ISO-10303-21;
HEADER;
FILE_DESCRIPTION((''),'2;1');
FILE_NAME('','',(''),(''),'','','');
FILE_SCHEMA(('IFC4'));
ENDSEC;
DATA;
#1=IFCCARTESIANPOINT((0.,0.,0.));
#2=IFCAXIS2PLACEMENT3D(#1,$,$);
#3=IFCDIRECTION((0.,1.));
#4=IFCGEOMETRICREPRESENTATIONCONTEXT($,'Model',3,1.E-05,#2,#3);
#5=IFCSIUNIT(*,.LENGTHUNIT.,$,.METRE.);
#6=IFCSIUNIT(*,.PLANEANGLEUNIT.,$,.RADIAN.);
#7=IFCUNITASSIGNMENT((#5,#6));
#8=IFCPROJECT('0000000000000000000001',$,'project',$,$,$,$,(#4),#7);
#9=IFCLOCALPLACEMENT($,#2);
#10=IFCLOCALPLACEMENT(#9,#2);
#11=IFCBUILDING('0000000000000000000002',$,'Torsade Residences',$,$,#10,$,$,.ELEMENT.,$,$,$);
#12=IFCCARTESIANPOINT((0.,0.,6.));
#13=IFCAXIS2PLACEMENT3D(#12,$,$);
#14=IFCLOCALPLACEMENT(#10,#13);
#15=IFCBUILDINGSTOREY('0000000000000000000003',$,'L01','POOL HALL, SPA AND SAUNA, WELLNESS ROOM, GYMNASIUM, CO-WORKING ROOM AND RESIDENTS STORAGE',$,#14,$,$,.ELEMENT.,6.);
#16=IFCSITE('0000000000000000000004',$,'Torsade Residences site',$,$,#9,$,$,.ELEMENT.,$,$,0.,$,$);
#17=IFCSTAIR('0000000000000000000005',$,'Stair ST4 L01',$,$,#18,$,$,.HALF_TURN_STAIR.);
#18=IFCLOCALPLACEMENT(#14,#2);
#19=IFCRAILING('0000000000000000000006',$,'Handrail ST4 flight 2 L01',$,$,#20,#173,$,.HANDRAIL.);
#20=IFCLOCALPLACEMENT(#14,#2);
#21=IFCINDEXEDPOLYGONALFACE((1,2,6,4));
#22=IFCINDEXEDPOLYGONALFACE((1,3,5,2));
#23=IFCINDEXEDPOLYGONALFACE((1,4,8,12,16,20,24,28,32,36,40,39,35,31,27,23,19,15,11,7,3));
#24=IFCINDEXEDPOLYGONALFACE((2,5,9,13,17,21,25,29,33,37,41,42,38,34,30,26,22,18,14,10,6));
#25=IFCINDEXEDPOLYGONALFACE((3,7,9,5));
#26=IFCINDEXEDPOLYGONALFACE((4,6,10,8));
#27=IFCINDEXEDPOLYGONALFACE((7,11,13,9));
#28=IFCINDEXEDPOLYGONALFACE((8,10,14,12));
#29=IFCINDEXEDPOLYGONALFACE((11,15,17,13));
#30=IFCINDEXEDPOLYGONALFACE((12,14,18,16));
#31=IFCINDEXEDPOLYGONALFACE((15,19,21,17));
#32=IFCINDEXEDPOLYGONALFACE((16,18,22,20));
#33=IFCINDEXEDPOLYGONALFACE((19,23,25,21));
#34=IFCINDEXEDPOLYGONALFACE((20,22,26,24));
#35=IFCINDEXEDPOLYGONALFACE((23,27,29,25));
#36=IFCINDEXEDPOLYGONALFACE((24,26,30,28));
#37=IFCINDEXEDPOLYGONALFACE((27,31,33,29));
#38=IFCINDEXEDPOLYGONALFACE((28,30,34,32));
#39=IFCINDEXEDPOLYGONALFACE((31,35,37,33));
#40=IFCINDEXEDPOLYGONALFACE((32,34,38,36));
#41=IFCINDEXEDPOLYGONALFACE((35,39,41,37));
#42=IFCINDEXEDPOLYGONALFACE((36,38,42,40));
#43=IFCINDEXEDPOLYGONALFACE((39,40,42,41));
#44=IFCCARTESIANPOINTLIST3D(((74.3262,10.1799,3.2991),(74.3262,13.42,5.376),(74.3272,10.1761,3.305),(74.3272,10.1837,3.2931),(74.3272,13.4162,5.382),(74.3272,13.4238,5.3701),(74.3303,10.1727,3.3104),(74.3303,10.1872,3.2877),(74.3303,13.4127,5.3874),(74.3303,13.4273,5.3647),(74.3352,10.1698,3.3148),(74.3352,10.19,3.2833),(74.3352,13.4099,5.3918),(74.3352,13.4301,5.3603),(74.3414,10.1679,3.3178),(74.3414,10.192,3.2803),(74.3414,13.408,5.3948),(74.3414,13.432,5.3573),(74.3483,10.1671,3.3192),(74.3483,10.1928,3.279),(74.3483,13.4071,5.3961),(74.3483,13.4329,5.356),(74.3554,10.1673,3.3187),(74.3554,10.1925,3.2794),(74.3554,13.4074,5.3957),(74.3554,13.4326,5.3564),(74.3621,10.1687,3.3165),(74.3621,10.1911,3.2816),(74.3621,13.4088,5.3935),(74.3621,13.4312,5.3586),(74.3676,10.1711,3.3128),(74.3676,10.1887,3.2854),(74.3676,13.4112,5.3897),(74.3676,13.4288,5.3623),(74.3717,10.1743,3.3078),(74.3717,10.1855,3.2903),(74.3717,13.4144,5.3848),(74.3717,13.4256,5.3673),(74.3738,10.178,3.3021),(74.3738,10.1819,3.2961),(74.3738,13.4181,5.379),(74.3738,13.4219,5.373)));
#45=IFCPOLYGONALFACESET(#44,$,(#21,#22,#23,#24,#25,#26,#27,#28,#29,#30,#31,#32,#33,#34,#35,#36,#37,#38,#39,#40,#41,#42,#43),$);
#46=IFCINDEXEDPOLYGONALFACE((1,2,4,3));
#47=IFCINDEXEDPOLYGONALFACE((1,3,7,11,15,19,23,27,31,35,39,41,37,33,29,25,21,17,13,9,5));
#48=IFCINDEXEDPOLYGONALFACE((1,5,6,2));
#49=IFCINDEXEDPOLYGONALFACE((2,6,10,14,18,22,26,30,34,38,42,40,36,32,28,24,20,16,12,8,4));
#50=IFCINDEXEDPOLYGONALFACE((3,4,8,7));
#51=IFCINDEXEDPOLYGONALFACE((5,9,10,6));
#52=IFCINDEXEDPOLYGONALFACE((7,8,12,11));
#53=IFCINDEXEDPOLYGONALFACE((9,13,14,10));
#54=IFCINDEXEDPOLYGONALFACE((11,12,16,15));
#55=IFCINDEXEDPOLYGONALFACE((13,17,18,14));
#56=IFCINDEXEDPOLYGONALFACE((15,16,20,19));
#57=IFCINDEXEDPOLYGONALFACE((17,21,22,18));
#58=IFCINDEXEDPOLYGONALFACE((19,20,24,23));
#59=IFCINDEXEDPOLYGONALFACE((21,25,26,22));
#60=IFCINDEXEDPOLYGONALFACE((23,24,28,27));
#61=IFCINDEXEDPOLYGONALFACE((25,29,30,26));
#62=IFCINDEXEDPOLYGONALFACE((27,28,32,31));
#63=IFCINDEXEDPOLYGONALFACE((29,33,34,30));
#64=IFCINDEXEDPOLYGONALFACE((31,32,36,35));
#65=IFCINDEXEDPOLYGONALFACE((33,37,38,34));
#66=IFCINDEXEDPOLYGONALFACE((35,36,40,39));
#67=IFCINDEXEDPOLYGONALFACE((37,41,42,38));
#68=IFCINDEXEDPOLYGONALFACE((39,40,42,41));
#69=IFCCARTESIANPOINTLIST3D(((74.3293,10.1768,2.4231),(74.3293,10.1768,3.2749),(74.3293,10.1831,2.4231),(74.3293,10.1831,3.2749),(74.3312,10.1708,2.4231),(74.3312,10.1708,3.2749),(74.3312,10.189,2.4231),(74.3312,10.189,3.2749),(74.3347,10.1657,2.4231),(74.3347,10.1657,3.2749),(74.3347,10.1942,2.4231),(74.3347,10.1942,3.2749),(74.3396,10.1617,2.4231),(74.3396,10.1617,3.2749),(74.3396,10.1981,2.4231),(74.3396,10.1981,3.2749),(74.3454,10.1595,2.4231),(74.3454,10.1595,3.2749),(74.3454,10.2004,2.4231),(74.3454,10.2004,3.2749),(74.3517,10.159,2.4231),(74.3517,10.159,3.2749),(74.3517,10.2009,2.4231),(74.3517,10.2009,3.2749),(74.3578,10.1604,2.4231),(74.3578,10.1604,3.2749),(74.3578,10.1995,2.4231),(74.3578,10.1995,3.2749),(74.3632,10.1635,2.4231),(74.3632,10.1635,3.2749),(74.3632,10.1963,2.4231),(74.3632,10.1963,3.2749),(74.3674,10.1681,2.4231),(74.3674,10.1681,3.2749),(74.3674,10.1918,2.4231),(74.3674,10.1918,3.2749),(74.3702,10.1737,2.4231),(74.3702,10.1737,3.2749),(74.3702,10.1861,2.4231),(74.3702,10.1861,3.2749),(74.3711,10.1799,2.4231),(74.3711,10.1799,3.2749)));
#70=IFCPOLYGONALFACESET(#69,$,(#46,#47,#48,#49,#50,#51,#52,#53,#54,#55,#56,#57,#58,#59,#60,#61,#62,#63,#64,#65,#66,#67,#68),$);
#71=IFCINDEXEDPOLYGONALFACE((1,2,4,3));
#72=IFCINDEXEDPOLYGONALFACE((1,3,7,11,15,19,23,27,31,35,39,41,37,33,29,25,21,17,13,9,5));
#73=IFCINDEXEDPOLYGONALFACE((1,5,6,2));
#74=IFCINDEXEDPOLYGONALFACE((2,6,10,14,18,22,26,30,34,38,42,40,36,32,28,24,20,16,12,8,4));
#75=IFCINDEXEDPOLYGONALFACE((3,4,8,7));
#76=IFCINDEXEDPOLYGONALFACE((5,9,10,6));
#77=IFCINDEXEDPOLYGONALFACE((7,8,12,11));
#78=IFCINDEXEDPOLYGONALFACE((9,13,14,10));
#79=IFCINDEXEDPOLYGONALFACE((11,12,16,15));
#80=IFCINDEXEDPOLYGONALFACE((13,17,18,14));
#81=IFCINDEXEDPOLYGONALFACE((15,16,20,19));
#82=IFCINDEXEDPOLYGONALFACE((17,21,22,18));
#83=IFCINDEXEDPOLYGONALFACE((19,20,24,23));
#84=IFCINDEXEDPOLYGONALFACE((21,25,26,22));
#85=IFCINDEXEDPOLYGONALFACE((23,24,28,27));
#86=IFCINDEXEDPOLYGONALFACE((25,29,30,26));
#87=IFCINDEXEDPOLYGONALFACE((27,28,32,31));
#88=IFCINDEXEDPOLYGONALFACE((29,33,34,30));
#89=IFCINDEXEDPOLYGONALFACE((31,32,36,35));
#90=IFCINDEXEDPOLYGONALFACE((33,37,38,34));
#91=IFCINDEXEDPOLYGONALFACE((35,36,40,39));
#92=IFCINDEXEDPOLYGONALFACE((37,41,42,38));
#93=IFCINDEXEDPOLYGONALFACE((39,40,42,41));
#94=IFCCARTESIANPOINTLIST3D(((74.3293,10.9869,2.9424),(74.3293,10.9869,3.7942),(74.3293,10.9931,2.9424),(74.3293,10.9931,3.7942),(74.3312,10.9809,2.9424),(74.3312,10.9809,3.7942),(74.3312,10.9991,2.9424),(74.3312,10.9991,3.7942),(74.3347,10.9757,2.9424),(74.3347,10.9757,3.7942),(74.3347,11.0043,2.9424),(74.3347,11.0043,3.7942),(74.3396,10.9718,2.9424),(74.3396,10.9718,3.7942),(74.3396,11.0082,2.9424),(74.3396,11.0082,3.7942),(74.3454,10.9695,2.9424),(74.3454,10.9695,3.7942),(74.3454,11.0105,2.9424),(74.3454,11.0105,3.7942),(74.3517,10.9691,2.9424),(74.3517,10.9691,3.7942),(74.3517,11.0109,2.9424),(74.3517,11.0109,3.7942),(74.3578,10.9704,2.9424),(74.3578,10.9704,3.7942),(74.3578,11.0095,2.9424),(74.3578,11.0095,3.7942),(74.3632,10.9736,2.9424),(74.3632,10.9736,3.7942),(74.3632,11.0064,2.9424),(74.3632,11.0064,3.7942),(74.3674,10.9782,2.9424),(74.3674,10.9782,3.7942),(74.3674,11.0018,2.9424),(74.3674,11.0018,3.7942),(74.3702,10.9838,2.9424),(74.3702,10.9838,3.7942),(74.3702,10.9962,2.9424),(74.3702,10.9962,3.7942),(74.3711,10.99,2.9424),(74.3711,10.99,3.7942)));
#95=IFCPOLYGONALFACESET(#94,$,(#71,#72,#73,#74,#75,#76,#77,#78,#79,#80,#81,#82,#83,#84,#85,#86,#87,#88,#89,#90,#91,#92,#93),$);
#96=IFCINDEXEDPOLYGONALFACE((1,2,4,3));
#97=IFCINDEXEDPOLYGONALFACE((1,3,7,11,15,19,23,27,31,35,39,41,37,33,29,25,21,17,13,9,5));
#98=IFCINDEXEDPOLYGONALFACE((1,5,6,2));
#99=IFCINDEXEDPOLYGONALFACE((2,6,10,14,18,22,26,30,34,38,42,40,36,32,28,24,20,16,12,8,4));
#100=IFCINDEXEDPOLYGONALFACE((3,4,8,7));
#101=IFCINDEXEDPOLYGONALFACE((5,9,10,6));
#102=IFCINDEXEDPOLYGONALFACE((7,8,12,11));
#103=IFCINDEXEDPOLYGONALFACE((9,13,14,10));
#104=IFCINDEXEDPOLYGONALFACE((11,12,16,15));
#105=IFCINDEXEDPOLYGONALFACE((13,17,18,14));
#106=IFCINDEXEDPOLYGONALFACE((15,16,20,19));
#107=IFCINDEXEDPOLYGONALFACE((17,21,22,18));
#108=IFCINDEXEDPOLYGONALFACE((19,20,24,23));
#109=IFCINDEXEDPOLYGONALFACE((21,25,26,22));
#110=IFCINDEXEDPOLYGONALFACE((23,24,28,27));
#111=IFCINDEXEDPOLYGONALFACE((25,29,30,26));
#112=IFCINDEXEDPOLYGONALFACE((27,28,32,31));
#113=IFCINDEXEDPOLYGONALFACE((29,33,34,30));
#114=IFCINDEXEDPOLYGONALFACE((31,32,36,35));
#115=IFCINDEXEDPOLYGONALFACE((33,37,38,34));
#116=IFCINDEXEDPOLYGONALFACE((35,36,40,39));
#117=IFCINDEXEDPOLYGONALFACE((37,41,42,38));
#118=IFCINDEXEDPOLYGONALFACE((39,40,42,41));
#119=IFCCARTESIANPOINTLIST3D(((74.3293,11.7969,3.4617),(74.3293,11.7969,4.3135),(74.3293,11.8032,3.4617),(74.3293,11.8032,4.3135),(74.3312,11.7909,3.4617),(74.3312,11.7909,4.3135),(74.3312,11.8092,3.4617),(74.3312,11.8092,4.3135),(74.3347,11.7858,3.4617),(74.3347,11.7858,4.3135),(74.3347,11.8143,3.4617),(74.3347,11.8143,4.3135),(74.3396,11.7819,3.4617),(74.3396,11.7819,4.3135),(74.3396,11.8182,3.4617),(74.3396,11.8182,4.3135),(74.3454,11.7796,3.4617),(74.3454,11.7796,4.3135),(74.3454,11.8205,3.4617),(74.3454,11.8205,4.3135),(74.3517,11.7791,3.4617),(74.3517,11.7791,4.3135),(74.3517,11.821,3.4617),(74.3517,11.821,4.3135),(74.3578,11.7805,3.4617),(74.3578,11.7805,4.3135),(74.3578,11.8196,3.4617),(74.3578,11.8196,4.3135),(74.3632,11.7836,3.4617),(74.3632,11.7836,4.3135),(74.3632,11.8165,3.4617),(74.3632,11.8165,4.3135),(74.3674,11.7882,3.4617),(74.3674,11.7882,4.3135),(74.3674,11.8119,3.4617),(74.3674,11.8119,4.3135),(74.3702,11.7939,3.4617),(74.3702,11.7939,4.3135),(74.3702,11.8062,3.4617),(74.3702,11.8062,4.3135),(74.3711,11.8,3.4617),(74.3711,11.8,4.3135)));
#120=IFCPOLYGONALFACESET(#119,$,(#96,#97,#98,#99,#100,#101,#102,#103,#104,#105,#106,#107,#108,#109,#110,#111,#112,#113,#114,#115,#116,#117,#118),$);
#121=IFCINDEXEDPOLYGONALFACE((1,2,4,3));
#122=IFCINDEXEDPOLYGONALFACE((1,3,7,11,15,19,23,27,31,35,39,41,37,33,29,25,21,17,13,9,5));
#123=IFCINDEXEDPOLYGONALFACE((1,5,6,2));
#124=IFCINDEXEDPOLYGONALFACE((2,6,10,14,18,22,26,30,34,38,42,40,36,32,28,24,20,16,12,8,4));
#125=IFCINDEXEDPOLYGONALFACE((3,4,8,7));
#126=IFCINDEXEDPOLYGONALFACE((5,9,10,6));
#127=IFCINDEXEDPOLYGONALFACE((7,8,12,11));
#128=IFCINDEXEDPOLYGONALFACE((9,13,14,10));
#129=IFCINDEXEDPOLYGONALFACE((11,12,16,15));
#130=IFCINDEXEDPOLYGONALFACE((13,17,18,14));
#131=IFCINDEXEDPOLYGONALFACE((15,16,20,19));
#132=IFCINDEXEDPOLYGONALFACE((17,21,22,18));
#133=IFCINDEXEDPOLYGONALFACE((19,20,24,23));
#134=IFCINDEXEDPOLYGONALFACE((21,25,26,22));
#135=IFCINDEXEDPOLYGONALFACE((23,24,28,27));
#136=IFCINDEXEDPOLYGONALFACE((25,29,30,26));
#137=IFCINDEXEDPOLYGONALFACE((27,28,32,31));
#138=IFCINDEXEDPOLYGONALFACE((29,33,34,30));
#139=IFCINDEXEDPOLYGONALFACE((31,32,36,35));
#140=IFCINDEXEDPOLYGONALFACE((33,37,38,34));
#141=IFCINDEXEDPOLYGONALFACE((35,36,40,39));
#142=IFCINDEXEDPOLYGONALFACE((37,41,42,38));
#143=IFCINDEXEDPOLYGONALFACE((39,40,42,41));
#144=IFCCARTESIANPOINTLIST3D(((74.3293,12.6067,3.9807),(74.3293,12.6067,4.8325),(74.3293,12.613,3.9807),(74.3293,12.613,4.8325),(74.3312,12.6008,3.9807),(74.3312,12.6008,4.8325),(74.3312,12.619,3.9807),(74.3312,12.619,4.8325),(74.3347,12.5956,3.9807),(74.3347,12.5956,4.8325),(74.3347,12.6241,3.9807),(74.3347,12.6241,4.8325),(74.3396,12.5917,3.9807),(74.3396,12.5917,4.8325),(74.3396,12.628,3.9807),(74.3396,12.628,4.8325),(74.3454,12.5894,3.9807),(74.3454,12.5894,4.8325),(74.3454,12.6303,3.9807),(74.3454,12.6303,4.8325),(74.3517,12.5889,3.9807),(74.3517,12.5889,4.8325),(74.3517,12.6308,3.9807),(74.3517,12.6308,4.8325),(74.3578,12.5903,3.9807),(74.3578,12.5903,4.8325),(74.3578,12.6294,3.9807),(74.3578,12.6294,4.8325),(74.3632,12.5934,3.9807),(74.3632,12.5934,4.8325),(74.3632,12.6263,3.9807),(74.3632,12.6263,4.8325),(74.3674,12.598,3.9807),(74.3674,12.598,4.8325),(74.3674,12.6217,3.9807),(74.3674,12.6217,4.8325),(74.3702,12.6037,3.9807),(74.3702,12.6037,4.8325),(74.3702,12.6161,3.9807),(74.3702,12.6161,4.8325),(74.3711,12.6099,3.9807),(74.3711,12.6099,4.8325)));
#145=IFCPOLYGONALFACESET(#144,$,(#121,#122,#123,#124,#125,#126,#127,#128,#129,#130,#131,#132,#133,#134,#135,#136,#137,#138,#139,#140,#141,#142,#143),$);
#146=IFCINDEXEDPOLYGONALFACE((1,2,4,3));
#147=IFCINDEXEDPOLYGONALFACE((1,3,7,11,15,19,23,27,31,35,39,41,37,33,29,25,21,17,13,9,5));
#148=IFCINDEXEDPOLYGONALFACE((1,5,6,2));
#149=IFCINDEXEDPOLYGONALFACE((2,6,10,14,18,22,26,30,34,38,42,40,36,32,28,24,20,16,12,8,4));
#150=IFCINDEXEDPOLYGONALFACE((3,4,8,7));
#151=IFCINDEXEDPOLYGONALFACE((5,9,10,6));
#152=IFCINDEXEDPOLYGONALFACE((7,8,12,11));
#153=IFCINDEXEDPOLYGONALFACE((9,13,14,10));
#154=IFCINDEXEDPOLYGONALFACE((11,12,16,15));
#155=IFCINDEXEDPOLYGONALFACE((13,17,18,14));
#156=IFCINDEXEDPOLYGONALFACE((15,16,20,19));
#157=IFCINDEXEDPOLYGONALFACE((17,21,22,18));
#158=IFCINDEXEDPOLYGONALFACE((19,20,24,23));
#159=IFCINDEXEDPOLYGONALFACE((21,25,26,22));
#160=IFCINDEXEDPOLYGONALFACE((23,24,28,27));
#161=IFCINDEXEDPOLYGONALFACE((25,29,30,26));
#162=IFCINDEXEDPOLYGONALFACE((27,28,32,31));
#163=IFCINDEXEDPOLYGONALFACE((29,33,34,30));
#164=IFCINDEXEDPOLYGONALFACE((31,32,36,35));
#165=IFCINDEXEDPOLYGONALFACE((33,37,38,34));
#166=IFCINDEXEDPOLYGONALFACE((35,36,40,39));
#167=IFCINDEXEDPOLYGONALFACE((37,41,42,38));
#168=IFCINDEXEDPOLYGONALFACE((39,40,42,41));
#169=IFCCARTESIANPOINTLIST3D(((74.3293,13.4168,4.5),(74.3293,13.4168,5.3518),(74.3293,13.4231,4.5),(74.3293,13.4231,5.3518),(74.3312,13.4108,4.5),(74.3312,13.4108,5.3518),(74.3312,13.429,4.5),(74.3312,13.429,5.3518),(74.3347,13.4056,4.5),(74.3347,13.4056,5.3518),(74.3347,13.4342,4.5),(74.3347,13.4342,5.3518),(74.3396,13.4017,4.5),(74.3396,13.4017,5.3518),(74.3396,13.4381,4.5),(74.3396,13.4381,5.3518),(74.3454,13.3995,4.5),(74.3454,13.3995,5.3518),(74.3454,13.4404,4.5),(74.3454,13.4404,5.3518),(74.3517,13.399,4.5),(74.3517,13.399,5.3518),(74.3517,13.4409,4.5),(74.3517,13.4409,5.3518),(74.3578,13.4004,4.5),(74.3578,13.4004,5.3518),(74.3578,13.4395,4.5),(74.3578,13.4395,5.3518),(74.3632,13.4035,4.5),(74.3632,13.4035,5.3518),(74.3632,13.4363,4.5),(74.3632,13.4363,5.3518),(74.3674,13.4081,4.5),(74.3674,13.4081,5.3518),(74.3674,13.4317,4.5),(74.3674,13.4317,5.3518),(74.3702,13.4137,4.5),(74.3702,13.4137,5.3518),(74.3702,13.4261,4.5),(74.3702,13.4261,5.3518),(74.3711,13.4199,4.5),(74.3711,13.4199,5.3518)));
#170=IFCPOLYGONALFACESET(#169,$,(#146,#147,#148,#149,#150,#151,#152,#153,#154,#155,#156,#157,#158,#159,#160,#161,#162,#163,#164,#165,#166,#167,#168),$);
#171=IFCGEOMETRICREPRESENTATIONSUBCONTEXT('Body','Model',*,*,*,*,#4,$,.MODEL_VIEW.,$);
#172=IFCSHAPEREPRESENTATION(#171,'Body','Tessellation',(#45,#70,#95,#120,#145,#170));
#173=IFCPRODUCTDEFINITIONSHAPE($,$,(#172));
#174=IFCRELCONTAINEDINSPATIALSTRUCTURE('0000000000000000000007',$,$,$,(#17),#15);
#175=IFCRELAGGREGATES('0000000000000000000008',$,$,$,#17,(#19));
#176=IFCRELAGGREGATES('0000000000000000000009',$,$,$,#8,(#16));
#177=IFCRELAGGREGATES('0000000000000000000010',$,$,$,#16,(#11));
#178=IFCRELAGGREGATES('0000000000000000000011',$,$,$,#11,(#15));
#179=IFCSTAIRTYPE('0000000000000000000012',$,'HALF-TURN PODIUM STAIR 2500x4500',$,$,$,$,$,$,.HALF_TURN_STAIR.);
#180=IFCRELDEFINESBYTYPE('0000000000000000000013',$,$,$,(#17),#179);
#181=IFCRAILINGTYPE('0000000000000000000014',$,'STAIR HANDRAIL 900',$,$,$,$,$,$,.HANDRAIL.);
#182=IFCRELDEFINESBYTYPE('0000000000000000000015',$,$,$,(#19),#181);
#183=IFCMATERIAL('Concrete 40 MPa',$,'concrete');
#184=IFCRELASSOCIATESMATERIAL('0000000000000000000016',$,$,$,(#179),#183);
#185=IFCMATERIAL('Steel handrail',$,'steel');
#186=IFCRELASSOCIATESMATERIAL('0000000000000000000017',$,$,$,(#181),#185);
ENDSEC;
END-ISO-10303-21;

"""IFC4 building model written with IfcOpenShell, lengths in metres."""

from ifc_helpers import new_model, si_unit, direction, frame, origin, origin_2d, place, context, subcontext, project, spatial, circle, extrude, material, type_object, element, aggregate, save


model = new_model("IFC4")

# Units and contexts
model_context = context("Model", 3, precision=1e-05, world=origin(), true_north=direction((0.0, 1.0)))
body_context = subcontext(model_context, "Body", "Model", "MODEL_VIEW")
ifc_project = project(units=[si_unit("LENGTHUNIT", "METRE"), si_unit("PLANEANGLEUNIT", "RADIAN")], contexts=[model_context])

# Site, building, storey
site_placement = place(None, origin())
site = spatial("IfcSite", under=ifc_project, at=site_placement, Name="Torsade Residences site", CompositionType="ELEMENT", RefElevation=0.0)
building_placement = place(site_placement, origin())
building = spatial("IfcBuilding", under=site, at=building_placement, Name="Torsade Residences", CompositionType="ELEMENT")
storey_placement = place(building_placement, frame((0.0, 0.0, 6.0)))
storey = spatial("IfcBuildingStorey", under=building, at=storey_placement, Name="L01", Description="POOL HALL, SPA AND SAUNA, WELLNESS ROOM, GYMNASIUM, CO-WORKING ROOM AND RESIDENTS STORAGE", CompositionType="ELEMENT", Elevation=6.0)

# Stair, railing
ifc_material_1 = material(Name="Concrete 40 MPa", Category="concrete")
stair_type = type_object("IfcStairType", Name="HALF-TURN PODIUM STAIR 2500x4500", PredefinedType="HALF_TURN_STAIR", material=ifc_material_1)
stair_placement = place(storey_placement, origin())
stair = element("IfcStair", 1, at=stair_placement, inside=storey, type_object=stair_type, Name="Stair ST4 L01", PredefinedType="HALF_TURN_STAIR")
ifc_material_2 = material(Name="Steel handrail", Category="steel")
railing_type = type_object("IfcRailingType", Name="STAIR HANDRAIL 900", PredefinedType="HANDRAIL", material=ifc_material_2)
railing_1_placement = place(storey_placement, frame((74.3501, 10.1799, 2.4231)))
railing_1 = element("IfcRailing", 2, at=railing_1_placement, type_object=railing_type, Name="Handrail ST4 flight 2 L01", PredefinedType="HANDRAIL", context=body_context, shape_type="SweptSolid", body=[
    extrude(circle(Radius=0.0239, at=origin_2d()), frame((0.0, 0.0, 0.876), z_axis=(0.0, 0.841881, 0.539664), x_axis=(-1.0, 0.0, 0.0)), (0.0, 0.0, 1.0), 3.8486),
    extrude(circle(Radius=0.021, at=origin_2d()), origin(), (0.0, 0.0, 1.0), 0.8518),
    extrude(circle(Radius=0.021, at=origin_2d()), frame((0.0, 0.8101, 0.5193)), (0.0, 0.0, 1.0), 0.8518),
    extrude(circle(Radius=0.021, at=origin_2d()), frame((0.0, 1.6201, 1.0386)), (0.0, 0.0, 1.0), 0.8518),
    extrude(circle(Radius=0.021, at=origin_2d()), frame((0.0, 2.4299, 1.5576)), (0.0, 0.0, 1.0), 0.8518),
    extrude(circle(Radius=0.021, at=origin_2d()), frame((0.0, 3.24, 2.0769)), (0.0, 0.0, 1.0), 0.8518),
])
aggregate(stair, [railing_1])

save(model, "model.ifc")
